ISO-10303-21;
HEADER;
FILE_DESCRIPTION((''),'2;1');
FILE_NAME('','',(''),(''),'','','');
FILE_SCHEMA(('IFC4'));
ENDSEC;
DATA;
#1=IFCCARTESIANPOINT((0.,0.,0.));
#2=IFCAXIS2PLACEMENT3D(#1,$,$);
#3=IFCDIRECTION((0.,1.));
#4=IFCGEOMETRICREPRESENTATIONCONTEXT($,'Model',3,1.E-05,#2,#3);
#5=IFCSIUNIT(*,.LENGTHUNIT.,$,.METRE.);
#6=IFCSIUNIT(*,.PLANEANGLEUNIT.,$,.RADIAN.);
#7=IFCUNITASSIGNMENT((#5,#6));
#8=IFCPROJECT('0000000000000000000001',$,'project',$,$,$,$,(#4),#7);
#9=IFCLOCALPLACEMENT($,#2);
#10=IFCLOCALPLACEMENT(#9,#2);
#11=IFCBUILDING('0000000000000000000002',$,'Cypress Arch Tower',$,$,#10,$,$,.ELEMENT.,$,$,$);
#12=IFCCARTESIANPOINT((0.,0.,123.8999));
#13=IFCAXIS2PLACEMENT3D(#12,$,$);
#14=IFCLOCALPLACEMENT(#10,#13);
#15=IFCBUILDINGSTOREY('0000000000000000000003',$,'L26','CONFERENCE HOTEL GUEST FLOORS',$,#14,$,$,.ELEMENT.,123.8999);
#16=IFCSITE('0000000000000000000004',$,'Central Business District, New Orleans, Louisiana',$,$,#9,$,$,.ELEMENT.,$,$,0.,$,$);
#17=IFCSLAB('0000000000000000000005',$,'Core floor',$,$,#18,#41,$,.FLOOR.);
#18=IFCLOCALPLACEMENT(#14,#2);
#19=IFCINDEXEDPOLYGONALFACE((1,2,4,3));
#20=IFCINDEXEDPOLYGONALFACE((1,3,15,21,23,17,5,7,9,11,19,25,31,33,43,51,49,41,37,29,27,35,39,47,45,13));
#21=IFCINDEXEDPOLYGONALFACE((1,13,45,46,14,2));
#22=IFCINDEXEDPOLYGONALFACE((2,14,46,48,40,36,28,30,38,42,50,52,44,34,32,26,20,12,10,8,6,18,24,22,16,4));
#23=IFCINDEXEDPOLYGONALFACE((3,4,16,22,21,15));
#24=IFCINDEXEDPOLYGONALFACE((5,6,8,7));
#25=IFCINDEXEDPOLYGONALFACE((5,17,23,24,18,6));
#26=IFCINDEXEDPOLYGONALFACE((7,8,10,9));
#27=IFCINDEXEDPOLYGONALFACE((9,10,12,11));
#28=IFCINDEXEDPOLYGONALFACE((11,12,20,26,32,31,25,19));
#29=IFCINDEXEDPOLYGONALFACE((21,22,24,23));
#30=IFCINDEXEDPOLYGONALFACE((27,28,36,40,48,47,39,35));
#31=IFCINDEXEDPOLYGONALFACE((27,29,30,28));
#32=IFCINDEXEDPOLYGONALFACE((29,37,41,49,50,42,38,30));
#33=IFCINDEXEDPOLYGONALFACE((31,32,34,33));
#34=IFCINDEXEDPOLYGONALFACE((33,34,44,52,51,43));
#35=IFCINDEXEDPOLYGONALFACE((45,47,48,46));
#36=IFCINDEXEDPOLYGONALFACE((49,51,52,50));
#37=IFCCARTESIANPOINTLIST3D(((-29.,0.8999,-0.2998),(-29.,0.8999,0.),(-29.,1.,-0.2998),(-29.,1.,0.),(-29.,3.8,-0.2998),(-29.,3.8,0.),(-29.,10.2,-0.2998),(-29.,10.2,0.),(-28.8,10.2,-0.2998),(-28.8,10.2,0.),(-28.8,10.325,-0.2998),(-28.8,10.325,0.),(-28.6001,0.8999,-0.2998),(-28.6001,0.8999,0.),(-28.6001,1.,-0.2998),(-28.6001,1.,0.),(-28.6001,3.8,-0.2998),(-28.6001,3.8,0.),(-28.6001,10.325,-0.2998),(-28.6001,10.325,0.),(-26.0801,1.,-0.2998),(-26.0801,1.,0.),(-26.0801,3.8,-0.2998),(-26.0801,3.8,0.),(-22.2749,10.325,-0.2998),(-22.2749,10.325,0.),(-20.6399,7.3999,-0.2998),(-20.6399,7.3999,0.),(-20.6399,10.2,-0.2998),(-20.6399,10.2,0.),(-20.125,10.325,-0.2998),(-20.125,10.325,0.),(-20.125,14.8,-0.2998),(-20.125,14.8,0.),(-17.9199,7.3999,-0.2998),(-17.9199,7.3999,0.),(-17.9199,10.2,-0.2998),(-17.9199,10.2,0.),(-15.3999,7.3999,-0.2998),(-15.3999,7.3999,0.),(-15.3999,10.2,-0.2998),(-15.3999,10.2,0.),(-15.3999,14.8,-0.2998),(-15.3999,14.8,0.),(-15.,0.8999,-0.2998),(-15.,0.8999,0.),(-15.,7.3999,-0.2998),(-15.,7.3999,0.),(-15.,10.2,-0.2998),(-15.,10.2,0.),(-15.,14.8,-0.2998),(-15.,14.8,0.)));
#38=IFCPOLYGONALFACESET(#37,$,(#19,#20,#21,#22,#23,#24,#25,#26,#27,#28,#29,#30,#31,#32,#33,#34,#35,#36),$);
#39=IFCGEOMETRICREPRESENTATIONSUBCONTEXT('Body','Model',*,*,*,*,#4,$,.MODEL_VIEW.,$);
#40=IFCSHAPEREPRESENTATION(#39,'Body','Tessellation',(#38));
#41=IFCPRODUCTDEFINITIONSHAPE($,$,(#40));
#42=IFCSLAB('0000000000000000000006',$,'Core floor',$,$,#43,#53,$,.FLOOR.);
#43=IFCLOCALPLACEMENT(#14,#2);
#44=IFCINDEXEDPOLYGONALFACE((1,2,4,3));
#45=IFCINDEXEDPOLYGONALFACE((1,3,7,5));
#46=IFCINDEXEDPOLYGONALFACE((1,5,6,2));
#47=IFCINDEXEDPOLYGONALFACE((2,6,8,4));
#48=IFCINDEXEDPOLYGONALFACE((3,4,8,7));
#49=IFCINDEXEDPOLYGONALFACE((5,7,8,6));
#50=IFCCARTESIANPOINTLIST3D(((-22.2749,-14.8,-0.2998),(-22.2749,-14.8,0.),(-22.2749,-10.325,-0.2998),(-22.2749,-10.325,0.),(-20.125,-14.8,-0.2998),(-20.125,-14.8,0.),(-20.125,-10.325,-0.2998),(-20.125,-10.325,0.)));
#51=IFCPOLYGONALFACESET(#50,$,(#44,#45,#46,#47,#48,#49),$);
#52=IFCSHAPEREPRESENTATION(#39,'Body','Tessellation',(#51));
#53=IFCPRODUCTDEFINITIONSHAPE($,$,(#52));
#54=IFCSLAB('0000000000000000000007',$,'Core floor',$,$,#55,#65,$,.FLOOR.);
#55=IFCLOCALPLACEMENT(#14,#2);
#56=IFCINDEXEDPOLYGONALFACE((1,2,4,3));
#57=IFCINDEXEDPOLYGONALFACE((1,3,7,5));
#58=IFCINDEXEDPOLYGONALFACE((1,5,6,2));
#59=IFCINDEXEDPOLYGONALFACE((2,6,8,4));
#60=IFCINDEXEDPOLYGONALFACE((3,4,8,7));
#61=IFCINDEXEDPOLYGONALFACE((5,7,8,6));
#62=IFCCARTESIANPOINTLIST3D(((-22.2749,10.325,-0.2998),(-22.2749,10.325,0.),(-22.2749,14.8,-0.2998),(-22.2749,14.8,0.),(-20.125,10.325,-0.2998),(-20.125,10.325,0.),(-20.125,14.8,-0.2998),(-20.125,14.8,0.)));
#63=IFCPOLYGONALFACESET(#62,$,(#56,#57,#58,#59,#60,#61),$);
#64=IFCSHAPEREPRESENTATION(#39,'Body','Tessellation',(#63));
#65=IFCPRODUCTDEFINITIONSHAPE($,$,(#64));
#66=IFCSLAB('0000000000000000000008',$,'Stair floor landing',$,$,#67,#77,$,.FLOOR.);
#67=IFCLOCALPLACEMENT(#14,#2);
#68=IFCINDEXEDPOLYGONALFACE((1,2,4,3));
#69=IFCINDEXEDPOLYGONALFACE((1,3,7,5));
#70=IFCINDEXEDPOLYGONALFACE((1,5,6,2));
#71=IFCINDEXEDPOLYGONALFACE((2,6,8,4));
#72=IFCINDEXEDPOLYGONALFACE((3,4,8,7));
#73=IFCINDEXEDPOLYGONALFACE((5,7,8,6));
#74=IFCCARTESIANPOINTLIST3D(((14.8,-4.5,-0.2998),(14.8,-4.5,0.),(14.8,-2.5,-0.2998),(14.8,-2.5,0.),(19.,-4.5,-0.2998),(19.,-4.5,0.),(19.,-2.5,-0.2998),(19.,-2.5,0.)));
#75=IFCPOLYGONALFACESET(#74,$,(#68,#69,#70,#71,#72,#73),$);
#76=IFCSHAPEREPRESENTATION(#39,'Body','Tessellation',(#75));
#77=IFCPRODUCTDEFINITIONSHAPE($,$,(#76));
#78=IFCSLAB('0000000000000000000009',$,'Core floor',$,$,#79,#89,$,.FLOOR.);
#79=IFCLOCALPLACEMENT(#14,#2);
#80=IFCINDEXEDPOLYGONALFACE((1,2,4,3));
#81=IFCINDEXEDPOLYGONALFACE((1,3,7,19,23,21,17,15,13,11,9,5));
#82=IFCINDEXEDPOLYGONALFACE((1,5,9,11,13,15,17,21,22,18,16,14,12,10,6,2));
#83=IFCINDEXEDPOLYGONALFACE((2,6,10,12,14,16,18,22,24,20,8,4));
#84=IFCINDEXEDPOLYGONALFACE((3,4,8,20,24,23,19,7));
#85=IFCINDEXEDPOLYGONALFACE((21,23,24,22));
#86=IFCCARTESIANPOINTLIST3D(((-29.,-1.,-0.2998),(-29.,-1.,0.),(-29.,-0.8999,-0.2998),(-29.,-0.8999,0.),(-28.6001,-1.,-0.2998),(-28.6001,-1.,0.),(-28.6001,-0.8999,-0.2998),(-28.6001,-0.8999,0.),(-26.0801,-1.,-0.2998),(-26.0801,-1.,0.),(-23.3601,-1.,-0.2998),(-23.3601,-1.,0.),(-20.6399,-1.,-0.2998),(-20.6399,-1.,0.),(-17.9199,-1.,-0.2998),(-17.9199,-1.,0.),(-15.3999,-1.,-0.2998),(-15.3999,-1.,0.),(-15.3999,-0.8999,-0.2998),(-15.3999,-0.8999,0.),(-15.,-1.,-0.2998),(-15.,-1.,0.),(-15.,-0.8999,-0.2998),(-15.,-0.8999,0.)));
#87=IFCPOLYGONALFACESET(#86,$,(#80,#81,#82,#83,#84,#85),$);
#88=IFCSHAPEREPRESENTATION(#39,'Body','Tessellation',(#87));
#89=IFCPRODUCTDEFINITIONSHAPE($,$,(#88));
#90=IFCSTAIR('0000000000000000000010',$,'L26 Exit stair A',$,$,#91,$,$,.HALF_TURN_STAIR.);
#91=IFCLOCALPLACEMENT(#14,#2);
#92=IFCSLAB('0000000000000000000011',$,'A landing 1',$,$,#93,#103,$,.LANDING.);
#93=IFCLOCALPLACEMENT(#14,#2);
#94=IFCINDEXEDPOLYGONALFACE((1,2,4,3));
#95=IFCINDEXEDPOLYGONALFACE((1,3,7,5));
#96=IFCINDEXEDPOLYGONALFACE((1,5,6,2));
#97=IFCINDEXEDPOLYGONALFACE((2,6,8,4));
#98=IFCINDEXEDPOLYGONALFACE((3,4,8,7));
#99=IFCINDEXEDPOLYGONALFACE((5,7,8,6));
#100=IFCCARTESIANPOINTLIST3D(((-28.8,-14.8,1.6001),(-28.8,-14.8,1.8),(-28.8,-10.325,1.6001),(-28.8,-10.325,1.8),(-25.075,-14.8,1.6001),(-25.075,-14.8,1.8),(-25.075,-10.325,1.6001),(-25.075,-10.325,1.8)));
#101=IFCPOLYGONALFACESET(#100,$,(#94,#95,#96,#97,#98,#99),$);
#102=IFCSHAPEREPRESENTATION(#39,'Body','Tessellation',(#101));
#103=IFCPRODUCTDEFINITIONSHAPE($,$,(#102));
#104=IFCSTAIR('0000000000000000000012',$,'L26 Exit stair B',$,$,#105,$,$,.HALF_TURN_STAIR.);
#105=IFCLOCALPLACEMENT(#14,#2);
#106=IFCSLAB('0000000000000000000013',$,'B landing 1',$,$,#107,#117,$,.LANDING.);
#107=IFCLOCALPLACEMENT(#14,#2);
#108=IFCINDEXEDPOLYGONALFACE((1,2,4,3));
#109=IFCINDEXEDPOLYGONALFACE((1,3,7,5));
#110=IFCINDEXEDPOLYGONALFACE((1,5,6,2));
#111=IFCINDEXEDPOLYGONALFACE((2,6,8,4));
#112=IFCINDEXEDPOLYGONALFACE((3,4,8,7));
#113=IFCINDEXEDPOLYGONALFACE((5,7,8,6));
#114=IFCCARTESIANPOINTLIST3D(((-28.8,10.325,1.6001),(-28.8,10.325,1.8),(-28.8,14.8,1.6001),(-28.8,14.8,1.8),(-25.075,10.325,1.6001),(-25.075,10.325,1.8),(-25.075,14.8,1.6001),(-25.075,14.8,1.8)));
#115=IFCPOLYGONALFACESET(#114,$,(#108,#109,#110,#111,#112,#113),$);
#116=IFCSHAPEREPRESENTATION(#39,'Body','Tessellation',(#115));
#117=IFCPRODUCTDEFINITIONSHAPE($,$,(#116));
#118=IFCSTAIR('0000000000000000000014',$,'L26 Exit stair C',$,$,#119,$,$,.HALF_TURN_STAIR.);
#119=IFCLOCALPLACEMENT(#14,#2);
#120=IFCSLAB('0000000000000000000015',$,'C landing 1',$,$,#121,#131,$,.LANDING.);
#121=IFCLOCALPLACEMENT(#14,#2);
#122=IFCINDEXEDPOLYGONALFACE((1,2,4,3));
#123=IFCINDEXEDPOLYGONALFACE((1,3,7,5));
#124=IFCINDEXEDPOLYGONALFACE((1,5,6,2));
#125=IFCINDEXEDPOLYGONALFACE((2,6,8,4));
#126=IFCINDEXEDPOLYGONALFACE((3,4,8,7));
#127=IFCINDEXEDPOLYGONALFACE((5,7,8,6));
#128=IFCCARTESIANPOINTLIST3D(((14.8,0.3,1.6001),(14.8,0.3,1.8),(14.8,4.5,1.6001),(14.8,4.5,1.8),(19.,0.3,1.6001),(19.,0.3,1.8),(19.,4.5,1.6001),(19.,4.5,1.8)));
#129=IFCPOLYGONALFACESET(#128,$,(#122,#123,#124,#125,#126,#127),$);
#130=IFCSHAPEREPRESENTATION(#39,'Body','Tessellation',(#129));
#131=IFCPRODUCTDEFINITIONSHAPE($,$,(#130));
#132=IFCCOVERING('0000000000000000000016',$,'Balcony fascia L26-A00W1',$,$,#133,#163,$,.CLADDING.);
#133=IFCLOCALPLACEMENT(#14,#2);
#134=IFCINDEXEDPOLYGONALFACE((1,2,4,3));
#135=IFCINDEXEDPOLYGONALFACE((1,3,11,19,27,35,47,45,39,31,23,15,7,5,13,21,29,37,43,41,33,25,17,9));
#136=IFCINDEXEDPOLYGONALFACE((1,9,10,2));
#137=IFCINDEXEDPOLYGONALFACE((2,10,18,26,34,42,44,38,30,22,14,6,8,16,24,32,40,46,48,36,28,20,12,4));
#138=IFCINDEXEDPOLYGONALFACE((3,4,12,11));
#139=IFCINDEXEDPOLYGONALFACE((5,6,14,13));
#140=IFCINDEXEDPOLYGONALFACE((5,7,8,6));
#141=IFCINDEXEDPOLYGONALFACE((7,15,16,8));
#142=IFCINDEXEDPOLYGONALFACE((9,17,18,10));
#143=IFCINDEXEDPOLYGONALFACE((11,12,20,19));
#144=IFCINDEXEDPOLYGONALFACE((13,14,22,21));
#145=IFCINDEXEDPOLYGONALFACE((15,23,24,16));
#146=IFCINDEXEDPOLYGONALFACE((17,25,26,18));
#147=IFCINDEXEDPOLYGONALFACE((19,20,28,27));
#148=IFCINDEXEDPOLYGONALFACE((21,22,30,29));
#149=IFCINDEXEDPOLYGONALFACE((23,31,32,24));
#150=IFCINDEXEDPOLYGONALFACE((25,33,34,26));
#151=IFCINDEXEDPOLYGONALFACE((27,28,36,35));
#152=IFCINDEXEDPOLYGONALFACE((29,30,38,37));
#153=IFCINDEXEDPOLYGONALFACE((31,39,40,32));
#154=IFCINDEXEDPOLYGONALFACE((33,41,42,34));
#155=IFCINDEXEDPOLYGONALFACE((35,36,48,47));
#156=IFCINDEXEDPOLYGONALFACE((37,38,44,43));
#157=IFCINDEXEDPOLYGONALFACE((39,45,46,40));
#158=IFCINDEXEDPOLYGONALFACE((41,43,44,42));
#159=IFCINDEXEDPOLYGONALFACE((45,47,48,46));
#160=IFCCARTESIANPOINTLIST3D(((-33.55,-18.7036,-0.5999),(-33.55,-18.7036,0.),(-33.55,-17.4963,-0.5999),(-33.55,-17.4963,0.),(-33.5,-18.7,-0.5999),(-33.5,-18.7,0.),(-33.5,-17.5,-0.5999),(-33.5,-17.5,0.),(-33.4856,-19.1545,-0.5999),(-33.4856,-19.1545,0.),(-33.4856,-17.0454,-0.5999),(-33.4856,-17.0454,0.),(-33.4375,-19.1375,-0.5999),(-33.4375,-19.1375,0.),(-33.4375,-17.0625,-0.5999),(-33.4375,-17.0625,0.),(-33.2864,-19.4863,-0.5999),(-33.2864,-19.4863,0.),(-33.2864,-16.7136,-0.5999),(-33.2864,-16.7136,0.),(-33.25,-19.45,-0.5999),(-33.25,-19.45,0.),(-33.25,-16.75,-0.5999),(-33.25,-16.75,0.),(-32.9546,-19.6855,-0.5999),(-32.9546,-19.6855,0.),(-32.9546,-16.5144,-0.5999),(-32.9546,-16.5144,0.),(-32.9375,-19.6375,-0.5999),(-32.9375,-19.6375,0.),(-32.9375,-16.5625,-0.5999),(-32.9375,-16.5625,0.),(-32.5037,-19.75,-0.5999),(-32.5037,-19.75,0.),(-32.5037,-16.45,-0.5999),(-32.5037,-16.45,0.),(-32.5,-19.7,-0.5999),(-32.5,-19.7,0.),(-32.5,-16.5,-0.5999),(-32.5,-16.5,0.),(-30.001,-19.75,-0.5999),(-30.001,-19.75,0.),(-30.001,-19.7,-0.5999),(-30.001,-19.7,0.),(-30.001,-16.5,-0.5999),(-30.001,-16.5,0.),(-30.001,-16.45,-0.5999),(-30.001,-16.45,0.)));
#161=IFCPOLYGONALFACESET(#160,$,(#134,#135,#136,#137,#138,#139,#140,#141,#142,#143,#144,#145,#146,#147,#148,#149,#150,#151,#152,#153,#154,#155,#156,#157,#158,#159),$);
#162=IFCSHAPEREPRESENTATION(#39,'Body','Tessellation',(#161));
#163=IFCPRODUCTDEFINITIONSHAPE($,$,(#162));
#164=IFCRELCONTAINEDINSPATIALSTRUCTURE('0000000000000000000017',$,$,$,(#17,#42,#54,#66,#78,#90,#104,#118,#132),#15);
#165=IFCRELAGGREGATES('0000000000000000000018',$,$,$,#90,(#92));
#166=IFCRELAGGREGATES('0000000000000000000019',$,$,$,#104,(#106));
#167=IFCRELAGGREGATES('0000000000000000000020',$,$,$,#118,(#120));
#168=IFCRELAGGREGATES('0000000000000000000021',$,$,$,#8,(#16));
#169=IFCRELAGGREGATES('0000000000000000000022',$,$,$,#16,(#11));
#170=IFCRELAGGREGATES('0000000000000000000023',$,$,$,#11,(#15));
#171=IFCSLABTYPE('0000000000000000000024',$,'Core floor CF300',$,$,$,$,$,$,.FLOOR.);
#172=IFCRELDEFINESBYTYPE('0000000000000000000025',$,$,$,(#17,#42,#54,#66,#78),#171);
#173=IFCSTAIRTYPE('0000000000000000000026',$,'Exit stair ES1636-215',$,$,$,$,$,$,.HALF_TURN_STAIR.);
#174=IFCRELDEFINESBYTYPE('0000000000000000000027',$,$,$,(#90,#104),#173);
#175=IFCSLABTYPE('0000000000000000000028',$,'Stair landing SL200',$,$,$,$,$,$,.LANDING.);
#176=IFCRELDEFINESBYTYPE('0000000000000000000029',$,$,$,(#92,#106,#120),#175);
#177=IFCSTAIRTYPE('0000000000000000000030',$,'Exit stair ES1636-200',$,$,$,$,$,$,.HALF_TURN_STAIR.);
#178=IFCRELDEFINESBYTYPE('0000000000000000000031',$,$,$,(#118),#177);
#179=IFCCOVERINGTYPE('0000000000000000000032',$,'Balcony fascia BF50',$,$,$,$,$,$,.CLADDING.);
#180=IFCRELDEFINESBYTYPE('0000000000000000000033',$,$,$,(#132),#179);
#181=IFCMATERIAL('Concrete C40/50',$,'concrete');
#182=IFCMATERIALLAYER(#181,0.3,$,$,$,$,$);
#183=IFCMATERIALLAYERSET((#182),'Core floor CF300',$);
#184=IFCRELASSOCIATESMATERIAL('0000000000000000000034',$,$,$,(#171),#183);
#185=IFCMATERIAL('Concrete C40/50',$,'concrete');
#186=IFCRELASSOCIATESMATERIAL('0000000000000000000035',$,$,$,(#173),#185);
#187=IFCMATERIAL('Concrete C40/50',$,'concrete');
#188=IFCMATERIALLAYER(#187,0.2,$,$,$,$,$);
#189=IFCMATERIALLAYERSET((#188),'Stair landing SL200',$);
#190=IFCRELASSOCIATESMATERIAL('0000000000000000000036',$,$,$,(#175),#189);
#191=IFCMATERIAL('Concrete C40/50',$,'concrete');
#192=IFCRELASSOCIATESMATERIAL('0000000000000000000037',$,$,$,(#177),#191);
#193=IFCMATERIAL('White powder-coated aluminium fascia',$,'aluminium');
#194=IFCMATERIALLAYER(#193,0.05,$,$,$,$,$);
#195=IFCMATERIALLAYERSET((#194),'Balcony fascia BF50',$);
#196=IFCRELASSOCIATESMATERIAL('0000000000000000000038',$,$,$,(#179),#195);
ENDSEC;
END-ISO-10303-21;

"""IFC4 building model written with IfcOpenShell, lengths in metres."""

from ifc_helpers import new_model, si_unit, direction, frame, origin, place, context, subcontext, project, spatial, polyline, outline, extrude, material, layer, layer_set, type_object, element, aggregate, save


model = new_model("IFC4")

# Units and contexts
model_context = context("Model", 3, precision=1e-05, world=origin(), true_north=direction((0.0, 1.0)))
body_context = subcontext(model_context, "Body", "Model", "MODEL_VIEW")
ifc_project = project(units=[si_unit("LENGTHUNIT", "METRE"), si_unit("PLANEANGLEUNIT", "RADIAN")], contexts=[model_context])

# Site, building, storey
site_placement = place(None, origin())
site = spatial("IfcSite", under=ifc_project, at=site_placement, Name="Central Business District, New Orleans, Louisiana", CompositionType="ELEMENT", RefElevation=0.0)
building_placement = place(site_placement, origin())
building = spatial("IfcBuilding", under=site, at=building_placement, Name="Cypress Arch Tower", CompositionType="ELEMENT")
storey_placement = place(building_placement, frame((0.0, 0.0, 123.8999)))
storey = spatial("IfcBuildingStorey", under=building, at=storey_placement, Name="L26", Description="CONFERENCE HOTEL GUEST FLOORS", CompositionType="ELEMENT", Elevation=123.8999)

# Slabs
ifc_material_1 = material(Name="Concrete C40/50", Category="concrete")
ifc_layer_1 = layer(ifc_material_1, 0.3)
ifc_layer_set_1 = layer_set([ifc_layer_1], Name="Core floor CF300")
slab_type_1 = type_object("IfcSlabType", Name="Core floor CF300", PredefinedType="FLOOR", material=ifc_layer_set_1)
slab_1_placement = place(storey_placement, frame((0.0, 0.0, -0.2998)))
element("IfcSlab", 1, at=slab_1_placement, inside=storey, type_object=slab_type_1, Name="Core floor", PredefinedType="FLOOR", context=body_context, shape_type="SweptSolid", body=[
    extrude(outline(polyline([(-29.0, 3.8), (-29.0, 10.2), (-28.8, 10.2), (-28.8, 10.325), (-28.6001, 10.325), (-22.2749, 10.325), (-20.125, 10.325), (-20.125, 14.8), (-15.3999, 14.8), (-15.0, 14.8), (-15.0, 10.2), (-15.3999, 10.2), (-17.9199, 10.2), (-20.6399, 10.2), (-20.6399, 7.3999), (-17.9199, 7.3999), (-15.3999, 7.3999), (-15.0, 7.3999), (-15.0, 0.8999), (-28.6001, 0.8999), (-29.0, 0.8999), (-29.0, 1.0), (-28.6001, 1.0), (-26.0801, 1.0), (-26.0801, 3.8), (-28.6001, 3.8), (-29.0, 3.8)])), origin(), (0.0, 0.0, 1.0), 0.2998),
])
slab_2_placement = place(storey_placement, frame((0.0, 0.0, -0.2998)))
element("IfcSlab", 2, at=slab_2_placement, inside=storey, type_object=slab_type_1, Name="Core floor", PredefinedType="FLOOR", context=body_context, shape_type="SweptSolid", body=[
    extrude(outline(polyline([(-22.2749, -10.325), (-22.2749, -14.8), (-20.125, -14.8), (-20.125, -10.325), (-22.2749, -10.325)])), origin(), (0.0, 0.0, 1.0), 0.2998),
])
slab_3_placement = place(storey_placement, frame((0.0, 0.0, -0.2998)))
element("IfcSlab", 3, at=slab_3_placement, inside=storey, type_object=slab_type_1, Name="Core floor", PredefinedType="FLOOR", context=body_context, shape_type="SweptSolid", body=[
    extrude(outline(polyline([(-20.125, 14.8), (-22.2749, 14.8), (-22.2749, 10.325), (-20.125, 10.325), (-20.125, 14.8)])), origin(), (0.0, 0.0, 1.0), 0.2998),
])
slab_4_placement = place(storey_placement, frame((0.0, 0.0, -0.2998)))
element("IfcSlab", 4, at=slab_4_placement, inside=storey, type_object=slab_type_1, Name="Stair floor landing", PredefinedType="FLOOR", context=body_context, shape_type="SweptSolid", body=[
    extrude(outline(polyline([(19.0, -4.5), (19.0, -2.5), (14.8, -2.5), (14.8, -4.5), (19.0, -4.5)])), origin(), (0.0, 0.0, 1.0), 0.2998),
])
slab_5_placement = place(storey_placement, frame((0.0, 0.0, -0.2998)))
element("IfcSlab", 5, at=slab_5_placement, inside=storey, type_object=slab_type_1, Name="Core floor", PredefinedType="FLOOR", context=body_context, shape_type="SweptSolid", body=[
    extrude(outline(polyline([(-20.6399, -1.0), (-23.3601, -1.0), (-26.0801, -1.0), (-28.6001, -1.0), (-29.0, -1.0), (-29.0, -0.8999), (-28.6001, -0.8999), (-15.3999, -0.8999), (-15.0, -0.8999), (-15.0, -1.0), (-15.3999, -1.0), (-17.9199, -1.0), (-20.6399, -1.0)])), origin(), (0.0, 0.0, 1.0), 0.2998),
])

# Stairs, slabs
ifc_material_2 = material(Name="Concrete C40/50", Category="concrete")
stair_type_1 = type_object("IfcStairType", Name="Exit stair ES1636-215", PredefinedType="HALF_TURN_STAIR", material=ifc_material_2)
stair_1_placement = place(storey_placement, origin())
stair_1 = element("IfcStair", 6, at=stair_1_placement, inside=storey, type_object=stair_type_1, Name="L26 Exit stair A", PredefinedType="HALF_TURN_STAIR")
ifc_material_3 = material(Name="Concrete C40/50", Category="concrete")
ifc_layer_2 = layer(ifc_material_3, 0.2)
ifc_layer_set_2 = layer_set([ifc_layer_2], Name="Stair landing SL200")
slab_type_2 = type_object("IfcSlabType", Name="Stair landing SL200", PredefinedType="LANDING", material=ifc_layer_set_2)
slab_6_placement = place(storey_placement, frame((0.0, 0.0, 1.6001)))
slab_6 = element("IfcSlab", 7, at=slab_6_placement, type_object=slab_type_2, Name="A landing 1", PredefinedType="LANDING", context=body_context, shape_type="SweptSolid", body=[
    extrude(outline(polyline([(-25.075, -10.325), (-28.8, -10.325), (-28.8, -14.8), (-25.075, -14.8), (-25.075, -10.325)])), origin(), (0.0, 0.0, 1.0), 0.2),
])
aggregate(stair_1, [slab_6])
stair_2_placement = place(storey_placement, origin())
stair_2 = element("IfcStair", 8, at=stair_2_placement, inside=storey, type_object=stair_type_1, Name="L26 Exit stair B", PredefinedType="HALF_TURN_STAIR")
slab_7_placement = place(storey_placement, frame((0.0, 0.0, 1.6001)))
slab_7 = element("IfcSlab", 9, at=slab_7_placement, type_object=slab_type_2, Name="B landing 1", PredefinedType="LANDING", context=body_context, shape_type="SweptSolid", body=[
    extrude(outline(polyline([(-25.075, 14.8), (-28.8, 14.8), (-28.8, 10.325), (-25.075, 10.325), (-25.075, 14.8)])), origin(), (0.0, 0.0, 1.0), 0.2),
])
aggregate(stair_2, [slab_7])
ifc_material_4 = material(Name="Concrete C40/50", Category="concrete")
stair_type_2 = type_object("IfcStairType", Name="Exit stair ES1636-200", PredefinedType="HALF_TURN_STAIR", material=ifc_material_4)
stair_3_placement = place(storey_placement, origin())
stair_3 = element("IfcStair", 10, at=stair_3_placement, inside=storey, type_object=stair_type_2, Name="L26 Exit stair C", PredefinedType="HALF_TURN_STAIR")
slab_8_placement = place(storey_placement, frame((0.0, 0.0, 1.6001)))
slab_8 = element("IfcSlab", 11, at=slab_8_placement, type_object=slab_type_2, Name="C landing 1", PredefinedType="LANDING", context=body_context, shape_type="SweptSolid", body=[
    extrude(outline(polyline([(19.0, 0.3), (19.0, 4.5), (14.8, 4.5), (14.8, 0.3), (19.0, 0.3)])), origin(), (0.0, 0.0, 1.0), 0.2),
])
aggregate(stair_3, [slab_8])

# Covering
ifc_material_5 = material(Name="White powder-coated aluminium fascia", Category="aluminium")
ifc_layer_3 = layer(ifc_material_5, 0.05)
ifc_layer_set_3 = layer_set([ifc_layer_3], Name="Balcony fascia BF50")
covering_type_1 = type_object("IfcCoveringType", Name="Balcony fascia BF50", PredefinedType="CLADDING", material=ifc_layer_set_3)
covering_1_placement = place(storey_placement, frame((0.0, 0.0, -0.5999)))
element("IfcCovering", 12, at=covering_1_placement, inside=storey, type_object=covering_type_1, Name="Balcony fascia L26-A00W1", PredefinedType="CLADDING", context=body_context, shape_type="SweptSolid", body=[
    extrude(outline(polyline([(-32.5037, -19.75), (-32.9546, -19.6855), (-33.2864, -19.4863), (-33.4856, -19.1545), (-33.55, -18.7036), (-33.55, -17.4963), (-33.4856, -17.0454), (-33.2864, -16.7136), (-32.9546, -16.5144), (-32.5037, -16.45), (-30.001, -16.45), (-30.001, -16.5), (-32.5, -16.5), (-32.9375, -16.5625), (-33.25, -16.75), (-33.4375, -17.0625), (-33.5, -17.5), (-33.5, -18.7), (-33.4375, -19.1375), (-33.25, -19.45), (-32.9375, -19.6375), (-32.5, -19.7), (-30.001, -19.7), (-30.001, -19.75), (-32.5037, -19.75)])), origin(), (0.0, 0.0, 1.0), 0.5999),
])

save(model, "model.ifc")
